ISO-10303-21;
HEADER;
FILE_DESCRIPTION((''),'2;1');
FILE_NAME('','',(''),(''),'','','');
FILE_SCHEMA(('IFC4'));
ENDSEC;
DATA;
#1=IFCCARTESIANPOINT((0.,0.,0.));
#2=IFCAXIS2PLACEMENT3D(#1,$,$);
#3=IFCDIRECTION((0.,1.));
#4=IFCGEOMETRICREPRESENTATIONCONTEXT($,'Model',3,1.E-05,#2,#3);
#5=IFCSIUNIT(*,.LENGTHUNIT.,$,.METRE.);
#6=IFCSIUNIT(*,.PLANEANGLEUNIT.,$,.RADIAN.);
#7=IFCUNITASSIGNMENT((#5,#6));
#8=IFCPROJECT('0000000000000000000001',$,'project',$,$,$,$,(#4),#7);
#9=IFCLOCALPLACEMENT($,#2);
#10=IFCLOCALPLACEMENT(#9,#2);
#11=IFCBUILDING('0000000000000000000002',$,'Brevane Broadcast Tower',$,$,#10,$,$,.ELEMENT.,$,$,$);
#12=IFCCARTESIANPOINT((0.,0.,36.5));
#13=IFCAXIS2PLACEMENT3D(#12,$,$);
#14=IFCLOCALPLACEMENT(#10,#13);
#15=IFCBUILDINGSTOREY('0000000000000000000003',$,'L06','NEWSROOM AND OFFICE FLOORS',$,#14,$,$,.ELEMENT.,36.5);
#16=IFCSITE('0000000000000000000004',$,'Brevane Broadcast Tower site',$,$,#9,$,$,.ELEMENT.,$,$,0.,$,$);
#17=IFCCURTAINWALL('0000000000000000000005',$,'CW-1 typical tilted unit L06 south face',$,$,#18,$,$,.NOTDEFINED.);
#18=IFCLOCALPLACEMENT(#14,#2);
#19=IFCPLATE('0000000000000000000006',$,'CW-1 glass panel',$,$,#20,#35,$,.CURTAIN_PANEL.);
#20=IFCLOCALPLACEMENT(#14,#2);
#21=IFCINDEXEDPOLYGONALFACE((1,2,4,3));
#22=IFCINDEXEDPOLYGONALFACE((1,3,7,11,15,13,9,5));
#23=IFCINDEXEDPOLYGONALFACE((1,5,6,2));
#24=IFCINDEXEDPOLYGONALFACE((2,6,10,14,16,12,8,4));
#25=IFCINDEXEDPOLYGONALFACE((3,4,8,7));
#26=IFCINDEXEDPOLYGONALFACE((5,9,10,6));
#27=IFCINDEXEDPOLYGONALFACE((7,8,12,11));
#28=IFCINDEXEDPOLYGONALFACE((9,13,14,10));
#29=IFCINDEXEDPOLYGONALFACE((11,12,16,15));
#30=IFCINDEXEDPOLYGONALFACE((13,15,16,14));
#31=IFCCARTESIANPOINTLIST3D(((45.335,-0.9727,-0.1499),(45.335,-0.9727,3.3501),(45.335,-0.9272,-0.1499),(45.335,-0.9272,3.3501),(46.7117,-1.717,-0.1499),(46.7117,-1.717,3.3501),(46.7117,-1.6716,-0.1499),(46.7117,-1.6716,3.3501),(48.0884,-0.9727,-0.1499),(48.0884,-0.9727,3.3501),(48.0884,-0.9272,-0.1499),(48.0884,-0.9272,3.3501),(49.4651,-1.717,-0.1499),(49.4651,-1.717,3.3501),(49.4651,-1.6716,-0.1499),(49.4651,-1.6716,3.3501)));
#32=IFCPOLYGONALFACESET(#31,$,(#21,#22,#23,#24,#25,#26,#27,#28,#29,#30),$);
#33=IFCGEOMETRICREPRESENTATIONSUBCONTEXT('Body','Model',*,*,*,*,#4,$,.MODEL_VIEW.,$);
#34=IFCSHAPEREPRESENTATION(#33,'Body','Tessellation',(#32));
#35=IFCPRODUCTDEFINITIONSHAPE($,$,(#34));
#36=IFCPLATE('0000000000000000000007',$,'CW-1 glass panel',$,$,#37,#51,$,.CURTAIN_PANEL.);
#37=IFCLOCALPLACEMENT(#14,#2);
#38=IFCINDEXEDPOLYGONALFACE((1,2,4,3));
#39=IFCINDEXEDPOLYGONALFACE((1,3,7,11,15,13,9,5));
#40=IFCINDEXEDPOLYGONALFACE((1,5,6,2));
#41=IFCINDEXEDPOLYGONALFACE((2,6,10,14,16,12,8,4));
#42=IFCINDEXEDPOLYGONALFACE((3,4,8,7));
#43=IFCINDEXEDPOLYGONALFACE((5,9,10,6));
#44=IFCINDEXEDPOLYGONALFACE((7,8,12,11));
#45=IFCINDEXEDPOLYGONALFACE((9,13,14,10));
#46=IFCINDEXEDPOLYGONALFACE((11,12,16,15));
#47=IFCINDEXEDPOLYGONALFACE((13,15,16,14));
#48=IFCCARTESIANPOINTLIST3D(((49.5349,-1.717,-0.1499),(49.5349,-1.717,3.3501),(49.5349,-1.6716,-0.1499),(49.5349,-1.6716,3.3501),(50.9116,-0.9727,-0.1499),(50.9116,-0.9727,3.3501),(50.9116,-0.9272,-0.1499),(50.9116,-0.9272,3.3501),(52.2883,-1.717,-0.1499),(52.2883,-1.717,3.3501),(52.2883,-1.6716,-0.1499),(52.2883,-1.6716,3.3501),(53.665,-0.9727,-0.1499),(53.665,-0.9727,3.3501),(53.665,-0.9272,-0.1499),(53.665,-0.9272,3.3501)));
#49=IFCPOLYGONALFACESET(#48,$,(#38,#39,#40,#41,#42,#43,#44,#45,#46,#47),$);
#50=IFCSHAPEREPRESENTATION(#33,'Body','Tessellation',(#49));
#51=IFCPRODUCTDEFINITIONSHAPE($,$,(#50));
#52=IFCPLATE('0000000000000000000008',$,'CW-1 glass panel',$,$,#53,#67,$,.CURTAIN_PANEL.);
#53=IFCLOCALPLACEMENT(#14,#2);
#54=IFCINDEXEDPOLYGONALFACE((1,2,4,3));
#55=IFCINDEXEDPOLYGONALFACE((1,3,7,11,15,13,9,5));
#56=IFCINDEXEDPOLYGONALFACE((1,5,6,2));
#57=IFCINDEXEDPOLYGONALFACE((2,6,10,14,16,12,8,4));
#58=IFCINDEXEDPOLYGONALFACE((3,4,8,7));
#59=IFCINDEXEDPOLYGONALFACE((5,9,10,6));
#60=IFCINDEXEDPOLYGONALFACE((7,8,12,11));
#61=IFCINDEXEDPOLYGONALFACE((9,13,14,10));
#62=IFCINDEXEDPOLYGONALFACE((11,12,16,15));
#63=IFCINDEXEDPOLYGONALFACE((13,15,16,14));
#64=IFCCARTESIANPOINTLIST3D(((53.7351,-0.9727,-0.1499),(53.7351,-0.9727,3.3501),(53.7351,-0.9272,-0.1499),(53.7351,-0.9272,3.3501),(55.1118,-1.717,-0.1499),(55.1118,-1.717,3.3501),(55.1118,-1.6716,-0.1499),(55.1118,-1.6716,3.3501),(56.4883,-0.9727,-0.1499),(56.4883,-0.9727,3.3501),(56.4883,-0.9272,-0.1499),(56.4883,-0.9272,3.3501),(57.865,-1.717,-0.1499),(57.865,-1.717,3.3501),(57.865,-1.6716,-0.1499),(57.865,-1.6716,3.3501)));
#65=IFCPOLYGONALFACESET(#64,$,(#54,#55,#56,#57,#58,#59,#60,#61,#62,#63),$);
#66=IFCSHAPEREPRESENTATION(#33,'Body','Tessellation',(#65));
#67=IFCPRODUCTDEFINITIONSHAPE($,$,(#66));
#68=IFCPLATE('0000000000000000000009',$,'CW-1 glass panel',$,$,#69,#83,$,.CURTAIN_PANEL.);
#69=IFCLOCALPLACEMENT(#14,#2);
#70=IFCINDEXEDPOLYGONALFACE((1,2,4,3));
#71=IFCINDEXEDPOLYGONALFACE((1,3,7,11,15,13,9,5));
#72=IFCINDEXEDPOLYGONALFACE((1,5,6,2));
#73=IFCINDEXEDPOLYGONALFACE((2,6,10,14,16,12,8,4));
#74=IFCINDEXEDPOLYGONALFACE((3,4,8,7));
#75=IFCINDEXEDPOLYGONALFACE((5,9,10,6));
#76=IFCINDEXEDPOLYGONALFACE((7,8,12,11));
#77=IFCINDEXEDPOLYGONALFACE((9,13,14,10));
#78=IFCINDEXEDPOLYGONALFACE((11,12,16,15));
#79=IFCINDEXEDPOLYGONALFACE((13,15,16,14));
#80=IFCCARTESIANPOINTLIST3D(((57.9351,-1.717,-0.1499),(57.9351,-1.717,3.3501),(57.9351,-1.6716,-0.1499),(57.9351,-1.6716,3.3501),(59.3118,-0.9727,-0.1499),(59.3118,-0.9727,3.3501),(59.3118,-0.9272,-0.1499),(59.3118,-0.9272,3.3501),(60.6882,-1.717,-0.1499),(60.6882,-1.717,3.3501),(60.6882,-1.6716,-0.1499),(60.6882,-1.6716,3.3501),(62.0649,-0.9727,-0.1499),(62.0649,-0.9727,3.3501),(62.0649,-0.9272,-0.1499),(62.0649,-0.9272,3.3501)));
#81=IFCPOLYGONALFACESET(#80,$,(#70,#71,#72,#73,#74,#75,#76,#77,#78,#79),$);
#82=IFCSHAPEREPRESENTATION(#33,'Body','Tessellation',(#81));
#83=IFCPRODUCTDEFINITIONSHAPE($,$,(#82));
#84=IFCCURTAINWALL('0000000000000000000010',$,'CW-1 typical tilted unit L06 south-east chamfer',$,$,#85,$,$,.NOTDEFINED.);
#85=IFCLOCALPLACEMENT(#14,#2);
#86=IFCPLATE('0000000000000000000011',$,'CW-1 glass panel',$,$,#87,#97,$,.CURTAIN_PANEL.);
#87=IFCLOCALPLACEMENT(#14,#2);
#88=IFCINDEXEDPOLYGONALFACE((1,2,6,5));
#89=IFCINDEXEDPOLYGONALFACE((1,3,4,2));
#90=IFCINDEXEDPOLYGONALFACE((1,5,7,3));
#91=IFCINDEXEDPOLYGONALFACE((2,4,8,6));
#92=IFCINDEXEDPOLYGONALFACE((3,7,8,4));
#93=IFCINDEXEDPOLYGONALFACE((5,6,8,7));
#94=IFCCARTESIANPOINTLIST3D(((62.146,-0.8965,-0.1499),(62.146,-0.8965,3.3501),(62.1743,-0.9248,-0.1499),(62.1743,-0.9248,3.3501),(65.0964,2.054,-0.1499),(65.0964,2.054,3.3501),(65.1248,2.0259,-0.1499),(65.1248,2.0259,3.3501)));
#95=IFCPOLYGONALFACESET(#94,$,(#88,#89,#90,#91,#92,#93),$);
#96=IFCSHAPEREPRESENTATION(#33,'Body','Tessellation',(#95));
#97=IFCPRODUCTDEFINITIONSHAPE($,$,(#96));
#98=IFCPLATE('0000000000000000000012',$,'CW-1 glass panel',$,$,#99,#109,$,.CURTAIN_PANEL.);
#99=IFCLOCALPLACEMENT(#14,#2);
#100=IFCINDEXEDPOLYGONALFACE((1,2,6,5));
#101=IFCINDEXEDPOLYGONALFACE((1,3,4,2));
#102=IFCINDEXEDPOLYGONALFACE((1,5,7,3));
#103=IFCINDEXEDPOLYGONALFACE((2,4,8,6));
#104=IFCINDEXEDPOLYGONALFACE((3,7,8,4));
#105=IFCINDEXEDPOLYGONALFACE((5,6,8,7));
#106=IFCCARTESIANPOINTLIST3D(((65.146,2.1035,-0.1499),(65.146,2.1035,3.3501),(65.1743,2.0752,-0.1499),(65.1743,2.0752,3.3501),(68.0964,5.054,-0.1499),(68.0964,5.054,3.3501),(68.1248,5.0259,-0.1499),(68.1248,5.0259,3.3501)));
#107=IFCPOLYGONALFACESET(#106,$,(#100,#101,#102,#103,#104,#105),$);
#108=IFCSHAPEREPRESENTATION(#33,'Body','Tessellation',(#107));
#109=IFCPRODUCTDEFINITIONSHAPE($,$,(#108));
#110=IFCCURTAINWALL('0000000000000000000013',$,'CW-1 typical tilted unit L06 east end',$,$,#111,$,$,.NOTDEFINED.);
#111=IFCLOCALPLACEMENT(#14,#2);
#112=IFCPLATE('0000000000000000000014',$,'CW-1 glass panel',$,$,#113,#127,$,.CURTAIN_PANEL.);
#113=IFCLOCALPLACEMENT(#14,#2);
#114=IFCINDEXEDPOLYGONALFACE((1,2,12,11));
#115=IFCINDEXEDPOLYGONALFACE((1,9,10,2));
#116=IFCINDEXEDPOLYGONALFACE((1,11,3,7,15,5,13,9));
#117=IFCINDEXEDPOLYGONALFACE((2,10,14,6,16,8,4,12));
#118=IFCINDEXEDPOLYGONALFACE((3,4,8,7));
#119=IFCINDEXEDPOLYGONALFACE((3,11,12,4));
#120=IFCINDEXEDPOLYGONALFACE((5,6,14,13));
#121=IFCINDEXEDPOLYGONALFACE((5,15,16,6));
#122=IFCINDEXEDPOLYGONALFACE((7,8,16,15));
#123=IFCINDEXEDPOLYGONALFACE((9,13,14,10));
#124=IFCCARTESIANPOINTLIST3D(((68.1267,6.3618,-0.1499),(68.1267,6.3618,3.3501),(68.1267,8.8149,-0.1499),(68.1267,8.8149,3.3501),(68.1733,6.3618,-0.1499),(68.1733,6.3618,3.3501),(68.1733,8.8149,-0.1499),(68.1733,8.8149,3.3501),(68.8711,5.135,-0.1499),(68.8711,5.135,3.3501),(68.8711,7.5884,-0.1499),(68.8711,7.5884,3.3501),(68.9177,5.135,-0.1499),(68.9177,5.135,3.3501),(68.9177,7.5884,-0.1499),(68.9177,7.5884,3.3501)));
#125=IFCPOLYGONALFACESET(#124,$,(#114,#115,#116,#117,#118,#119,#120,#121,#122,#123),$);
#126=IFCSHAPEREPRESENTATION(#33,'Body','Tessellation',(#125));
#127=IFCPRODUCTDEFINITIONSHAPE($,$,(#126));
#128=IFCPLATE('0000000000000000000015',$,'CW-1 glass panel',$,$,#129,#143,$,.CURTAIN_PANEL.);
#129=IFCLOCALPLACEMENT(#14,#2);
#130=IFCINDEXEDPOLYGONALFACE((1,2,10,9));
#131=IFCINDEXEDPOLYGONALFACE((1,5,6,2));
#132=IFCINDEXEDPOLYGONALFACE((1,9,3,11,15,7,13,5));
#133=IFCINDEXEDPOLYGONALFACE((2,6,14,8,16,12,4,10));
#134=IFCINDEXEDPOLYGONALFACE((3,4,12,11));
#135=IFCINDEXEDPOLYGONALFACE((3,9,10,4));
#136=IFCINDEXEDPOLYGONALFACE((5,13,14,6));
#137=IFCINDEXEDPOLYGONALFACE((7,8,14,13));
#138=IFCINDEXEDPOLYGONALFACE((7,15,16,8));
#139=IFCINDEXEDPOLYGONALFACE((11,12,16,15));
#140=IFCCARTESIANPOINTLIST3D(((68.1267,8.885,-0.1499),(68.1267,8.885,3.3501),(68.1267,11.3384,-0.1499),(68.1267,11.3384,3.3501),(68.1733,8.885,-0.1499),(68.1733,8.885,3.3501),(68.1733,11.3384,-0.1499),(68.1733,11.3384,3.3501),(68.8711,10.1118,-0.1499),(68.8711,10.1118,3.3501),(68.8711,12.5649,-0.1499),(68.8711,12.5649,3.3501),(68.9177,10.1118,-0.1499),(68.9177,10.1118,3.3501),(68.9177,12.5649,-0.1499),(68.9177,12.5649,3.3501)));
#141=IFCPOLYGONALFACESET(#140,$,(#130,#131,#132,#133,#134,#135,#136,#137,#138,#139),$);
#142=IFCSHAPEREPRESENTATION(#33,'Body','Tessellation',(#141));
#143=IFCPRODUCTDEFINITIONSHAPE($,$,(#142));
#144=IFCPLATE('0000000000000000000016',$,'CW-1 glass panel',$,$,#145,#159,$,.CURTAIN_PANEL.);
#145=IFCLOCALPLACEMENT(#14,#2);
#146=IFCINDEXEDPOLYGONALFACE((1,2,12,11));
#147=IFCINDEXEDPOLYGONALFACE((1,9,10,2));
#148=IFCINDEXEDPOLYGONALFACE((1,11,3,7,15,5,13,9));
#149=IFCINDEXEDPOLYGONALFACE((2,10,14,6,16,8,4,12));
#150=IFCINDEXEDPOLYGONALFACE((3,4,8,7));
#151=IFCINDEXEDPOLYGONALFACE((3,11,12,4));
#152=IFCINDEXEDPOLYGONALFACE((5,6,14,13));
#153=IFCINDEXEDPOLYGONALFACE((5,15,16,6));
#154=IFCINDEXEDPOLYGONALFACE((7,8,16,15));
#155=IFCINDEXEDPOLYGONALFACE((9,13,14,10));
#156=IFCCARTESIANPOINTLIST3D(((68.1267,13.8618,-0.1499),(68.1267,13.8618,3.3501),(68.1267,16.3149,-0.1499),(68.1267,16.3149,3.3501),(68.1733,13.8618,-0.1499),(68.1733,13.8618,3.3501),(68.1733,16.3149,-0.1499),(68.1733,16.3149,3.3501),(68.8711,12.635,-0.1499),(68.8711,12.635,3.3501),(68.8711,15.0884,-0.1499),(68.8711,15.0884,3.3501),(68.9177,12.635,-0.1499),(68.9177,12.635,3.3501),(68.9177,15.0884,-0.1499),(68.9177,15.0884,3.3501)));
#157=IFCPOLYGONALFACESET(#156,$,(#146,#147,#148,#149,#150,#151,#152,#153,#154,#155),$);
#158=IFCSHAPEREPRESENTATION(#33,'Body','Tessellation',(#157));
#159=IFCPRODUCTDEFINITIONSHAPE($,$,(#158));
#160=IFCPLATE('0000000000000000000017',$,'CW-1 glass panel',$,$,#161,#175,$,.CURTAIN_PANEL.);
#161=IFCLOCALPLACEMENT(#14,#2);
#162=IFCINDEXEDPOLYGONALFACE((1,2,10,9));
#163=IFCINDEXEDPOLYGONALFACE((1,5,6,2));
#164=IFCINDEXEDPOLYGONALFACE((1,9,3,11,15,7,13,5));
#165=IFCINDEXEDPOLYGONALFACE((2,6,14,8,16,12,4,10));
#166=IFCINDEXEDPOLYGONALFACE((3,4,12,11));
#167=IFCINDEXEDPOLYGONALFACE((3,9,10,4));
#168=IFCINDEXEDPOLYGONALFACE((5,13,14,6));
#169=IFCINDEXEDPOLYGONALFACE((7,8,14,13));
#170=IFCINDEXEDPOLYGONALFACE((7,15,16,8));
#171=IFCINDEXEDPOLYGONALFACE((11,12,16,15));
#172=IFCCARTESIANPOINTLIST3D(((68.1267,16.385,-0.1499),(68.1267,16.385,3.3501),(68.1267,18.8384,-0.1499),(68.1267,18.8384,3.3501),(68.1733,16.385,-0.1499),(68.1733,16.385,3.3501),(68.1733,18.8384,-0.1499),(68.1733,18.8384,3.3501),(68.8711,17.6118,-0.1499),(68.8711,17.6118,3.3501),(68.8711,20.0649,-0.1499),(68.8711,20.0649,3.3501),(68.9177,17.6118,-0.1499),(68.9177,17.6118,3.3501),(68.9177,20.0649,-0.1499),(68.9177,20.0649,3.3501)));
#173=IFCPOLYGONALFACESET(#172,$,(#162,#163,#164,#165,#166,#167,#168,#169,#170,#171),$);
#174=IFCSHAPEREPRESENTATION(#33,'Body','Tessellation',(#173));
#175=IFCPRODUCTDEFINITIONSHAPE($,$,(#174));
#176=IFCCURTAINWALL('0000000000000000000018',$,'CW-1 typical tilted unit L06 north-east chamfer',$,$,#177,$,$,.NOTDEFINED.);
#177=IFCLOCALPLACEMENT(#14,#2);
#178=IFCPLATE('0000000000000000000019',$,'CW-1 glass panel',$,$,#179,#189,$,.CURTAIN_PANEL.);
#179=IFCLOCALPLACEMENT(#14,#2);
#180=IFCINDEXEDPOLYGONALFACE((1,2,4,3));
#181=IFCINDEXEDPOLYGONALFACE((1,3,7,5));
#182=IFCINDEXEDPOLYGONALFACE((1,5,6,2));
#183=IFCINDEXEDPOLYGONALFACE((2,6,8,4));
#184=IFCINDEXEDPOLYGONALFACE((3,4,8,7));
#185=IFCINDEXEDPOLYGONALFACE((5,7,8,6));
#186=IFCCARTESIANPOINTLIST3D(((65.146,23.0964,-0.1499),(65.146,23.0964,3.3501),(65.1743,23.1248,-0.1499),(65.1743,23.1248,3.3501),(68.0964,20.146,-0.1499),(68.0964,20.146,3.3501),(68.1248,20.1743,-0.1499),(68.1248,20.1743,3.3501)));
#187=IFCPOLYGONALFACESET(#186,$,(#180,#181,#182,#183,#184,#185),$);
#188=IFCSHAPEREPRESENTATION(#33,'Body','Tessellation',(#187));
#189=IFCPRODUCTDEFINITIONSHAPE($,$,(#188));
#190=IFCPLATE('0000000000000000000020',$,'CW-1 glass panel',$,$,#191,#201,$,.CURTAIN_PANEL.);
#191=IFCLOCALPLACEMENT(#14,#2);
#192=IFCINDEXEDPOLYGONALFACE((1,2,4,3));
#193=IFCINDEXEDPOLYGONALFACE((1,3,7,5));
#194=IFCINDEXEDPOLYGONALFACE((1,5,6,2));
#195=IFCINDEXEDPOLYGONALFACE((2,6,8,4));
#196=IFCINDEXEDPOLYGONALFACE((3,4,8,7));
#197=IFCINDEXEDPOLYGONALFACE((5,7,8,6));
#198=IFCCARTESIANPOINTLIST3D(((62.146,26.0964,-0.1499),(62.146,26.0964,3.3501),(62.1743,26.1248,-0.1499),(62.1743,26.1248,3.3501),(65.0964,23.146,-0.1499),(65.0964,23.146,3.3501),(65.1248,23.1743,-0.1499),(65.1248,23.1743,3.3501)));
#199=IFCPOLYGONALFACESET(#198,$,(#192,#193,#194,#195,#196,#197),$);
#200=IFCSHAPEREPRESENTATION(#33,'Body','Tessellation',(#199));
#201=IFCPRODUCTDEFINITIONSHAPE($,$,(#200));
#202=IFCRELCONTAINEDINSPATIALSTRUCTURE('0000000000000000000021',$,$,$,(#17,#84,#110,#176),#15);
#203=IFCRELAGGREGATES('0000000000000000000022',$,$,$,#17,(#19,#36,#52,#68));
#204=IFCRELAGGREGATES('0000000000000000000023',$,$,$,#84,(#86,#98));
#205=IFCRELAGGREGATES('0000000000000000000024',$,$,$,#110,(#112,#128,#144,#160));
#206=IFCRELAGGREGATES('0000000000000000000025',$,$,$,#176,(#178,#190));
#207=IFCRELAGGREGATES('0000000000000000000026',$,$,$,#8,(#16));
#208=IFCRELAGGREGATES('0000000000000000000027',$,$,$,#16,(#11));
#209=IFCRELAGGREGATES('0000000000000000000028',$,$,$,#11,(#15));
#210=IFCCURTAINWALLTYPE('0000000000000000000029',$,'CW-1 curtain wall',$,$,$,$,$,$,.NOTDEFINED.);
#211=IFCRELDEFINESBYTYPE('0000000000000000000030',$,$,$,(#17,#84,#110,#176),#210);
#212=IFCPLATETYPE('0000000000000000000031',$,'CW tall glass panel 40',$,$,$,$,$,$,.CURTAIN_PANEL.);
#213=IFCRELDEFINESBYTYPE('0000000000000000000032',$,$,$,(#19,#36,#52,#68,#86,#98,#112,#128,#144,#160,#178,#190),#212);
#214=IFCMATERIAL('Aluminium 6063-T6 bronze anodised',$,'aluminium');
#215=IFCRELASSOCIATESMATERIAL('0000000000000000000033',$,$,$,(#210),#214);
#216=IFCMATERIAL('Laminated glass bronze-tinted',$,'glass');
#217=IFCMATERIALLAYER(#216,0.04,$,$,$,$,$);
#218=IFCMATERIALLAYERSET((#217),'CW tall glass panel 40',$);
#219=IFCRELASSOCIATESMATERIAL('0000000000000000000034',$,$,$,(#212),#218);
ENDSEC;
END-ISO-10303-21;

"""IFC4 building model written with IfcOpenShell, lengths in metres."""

from ifc_helpers import new_model, si_unit, direction, frame, origin, place, context, subcontext, project, spatial, polyline, outline, extrude, material, layer, layer_set, type_object, element, aggregate, save


model = new_model("IFC4")

# Units and contexts
model_context = context("Model", 3, precision=1e-05, world=origin(), true_north=direction((0.0, 1.0)))
body_context = subcontext(model_context, "Body", "Model", "MODEL_VIEW")
ifc_project = project(units=[si_unit("LENGTHUNIT", "METRE"), si_unit("PLANEANGLEUNIT", "RADIAN")], contexts=[model_context])

# Site, building, storey
site_placement = place(None, origin())
site = spatial("IfcSite", under=ifc_project, at=site_placement, Name="Brevane Broadcast Tower site", CompositionType="ELEMENT", RefElevation=0.0)
building_placement = place(site_placement, origin())
building = spatial("IfcBuilding", under=site, at=building_placement, Name="Brevane Broadcast Tower", CompositionType="ELEMENT")
storey_placement = place(building_placement, frame((0.0, 0.0, 36.5)))
storey = spatial("IfcBuildingStorey", under=building, at=storey_placement, Name="L06", Description="NEWSROOM AND OFFICE FLOORS", CompositionType="ELEMENT", Elevation=36.5)

# Curtain walls, plates
ifc_material_1 = material(Name="Aluminium 6063-T6 bronze anodised", Category="aluminium")
curtain_wall_type = type_object("IfcCurtainWallType", Name="CW-1 curtain wall", PredefinedType="NOTDEFINED", material=ifc_material_1)
curtain_wall_1_placement = place(storey_placement, origin())
curtain_wall_1 = element("IfcCurtainWall", 1, at=curtain_wall_1_placement, inside=storey, type_object=curtain_wall_type, Name="CW-1 typical tilted unit L06 south face", PredefinedType="NOTDEFINED")
ifc_material_2 = material(Name="Laminated glass bronze-tinted", Category="glass")
ifc_layer = layer(ifc_material_2, 0.04)
ifc_layer_set = layer_set([ifc_layer], Name="CW tall glass panel 40")
plate_type = type_object("IfcPlateType", Name="CW tall glass panel 40", PredefinedType="CURTAIN_PANEL", material=ifc_layer_set)
plate_1_placement = place(storey_placement, frame((0.0, 0.0, -0.1499)))
plate_1 = element("IfcPlate", 2, at=plate_1_placement, type_object=plate_type, Name="CW-1 glass panel", PredefinedType="CURTAIN_PANEL", context=body_context, shape_type="SweptSolid", body=[
    extrude(outline(polyline([(45.335, -0.9272), (45.335, -0.9727), (46.7117, -1.717), (48.0884, -0.9727), (49.4651, -1.717), (49.4651, -1.6716), (48.0884, -0.9272), (46.7117, -1.6716), (45.335, -0.9272)])), origin(), (0.0, 0.0, 1.0), 3.5),
])
plate_2_placement = place(storey_placement, frame((0.0, 0.0, -0.1499)))
plate_2 = element("IfcPlate", 3, at=plate_2_placement, type_object=plate_type, Name="CW-1 glass panel", PredefinedType="CURTAIN_PANEL", context=body_context, shape_type="SweptSolid", body=[
    extrude(outline(polyline([(49.5349, -1.6716), (49.5349, -1.717), (50.9116, -0.9727), (52.2883, -1.717), (53.665, -0.9727), (53.665, -0.9272), (52.2883, -1.6716), (50.9116, -0.9272), (49.5349, -1.6716)])), origin(), (0.0, 0.0, 1.0), 3.5),
])
plate_3_placement = place(storey_placement, frame((0.0, 0.0, -0.1499)))
plate_3 = element("IfcPlate", 4, at=plate_3_placement, type_object=plate_type, Name="CW-1 glass panel", PredefinedType="CURTAIN_PANEL", context=body_context, shape_type="SweptSolid", body=[
    extrude(outline(polyline([(53.7351, -0.9272), (53.7351, -0.9727), (55.1118, -1.717), (56.4883, -0.9727), (57.865, -1.717), (57.865, -1.6716), (56.4883, -0.9272), (55.1118, -1.6716), (53.7351, -0.9272)])), origin(), (0.0, 0.0, 1.0), 3.5),
])
plate_4_placement = place(storey_placement, frame((0.0, 0.0, -0.1499)))
plate_4 = element("IfcPlate", 5, at=plate_4_placement, type_object=plate_type, Name="CW-1 glass panel", PredefinedType="CURTAIN_PANEL", context=body_context, shape_type="SweptSolid", body=[
    extrude(outline(polyline([(57.9351, -1.6716), (57.9351, -1.717), (59.3118, -0.9727), (60.6882, -1.717), (62.0649, -0.9727), (62.0649, -0.9272), (60.6882, -1.6716), (59.3118, -0.9272), (57.9351, -1.6716)])), origin(), (0.0, 0.0, 1.0), 3.5),
])
aggregate(curtain_wall_1, [plate_1, plate_2, plate_3, plate_4])
curtain_wall_2_placement = place(storey_placement, origin())
curtain_wall_2 = element("IfcCurtainWall", 6, at=curtain_wall_2_placement, inside=storey, type_object=curtain_wall_type, Name="CW-1 typical tilted unit L06 south-east chamfer", PredefinedType="NOTDEFINED")
plate_5_placement = place(storey_placement, frame((0.0, 0.0, -0.1499)))
plate_5 = element("IfcPlate", 7, at=plate_5_placement, type_object=plate_type, Name="CW-1 glass panel", PredefinedType="CURTAIN_PANEL", context=body_context, shape_type="SweptSolid", body=[
    extrude(outline(polyline([(62.146, -0.8965), (65.0964, 2.054), (65.1248, 2.0259), (62.1743, -0.9248), (62.146, -0.8965)])), origin(), (0.0, 0.0, 1.0), 3.5),
])
plate_6_placement = place(storey_placement, frame((0.0, 0.0, -0.1499)))
plate_6 = element("IfcPlate", 8, at=plate_6_placement, type_object=plate_type, Name="CW-1 glass panel", PredefinedType="CURTAIN_PANEL", context=body_context, shape_type="SweptSolid", body=[
    extrude(outline(polyline([(65.146, 2.1035), (68.0964, 5.054), (68.1248, 5.0259), (65.1743, 2.0752), (65.146, 2.1035)])), origin(), (0.0, 0.0, 1.0), 3.5),
])
aggregate(curtain_wall_2, [plate_5, plate_6])
curtain_wall_3_placement = place(storey_placement, origin())
curtain_wall_3 = element("IfcCurtainWall", 9, at=curtain_wall_3_placement, inside=storey, type_object=curtain_wall_type, Name="CW-1 typical tilted unit L06 east end", PredefinedType="NOTDEFINED")
plate_7_placement = place(storey_placement, frame((0.0, 0.0, -0.1499)))
plate_7 = element("IfcPlate", 10, at=plate_7_placement, type_object=plate_type, Name="CW-1 glass panel", PredefinedType="CURTAIN_PANEL", context=body_context, shape_type="SweptSolid", body=[
    extrude(outline(polyline([(68.8711, 5.135), (68.9177, 5.135), (68.1733, 6.3618), (68.9177, 7.5884), (68.1733, 8.8149), (68.1267, 8.8149), (68.8711, 7.5884), (68.1267, 6.3618), (68.8711, 5.135)])), origin(), (0.0, 0.0, 1.0), 3.5),
])
plate_8_placement = place(storey_placement, frame((0.0, 0.0, -0.1499)))
plate_8 = element("IfcPlate", 11, at=plate_8_placement, type_object=plate_type, Name="CW-1 glass panel", PredefinedType="CURTAIN_PANEL", context=body_context, shape_type="SweptSolid", body=[
    extrude(outline(polyline([(68.1267, 8.885), (68.1733, 8.885), (68.9177, 10.1118), (68.1733, 11.3384), (68.9177, 12.5649), (68.8711, 12.5649), (68.1267, 11.3384), (68.8711, 10.1118), (68.1267, 8.885)])), origin(), (0.0, 0.0, 1.0), 3.5),
])
plate_9_placement = place(storey_placement, frame((0.0, 0.0, -0.1499)))
plate_9 = element("IfcPlate", 12, at=plate_9_placement, type_object=plate_type, Name="CW-1 glass panel", PredefinedType="CURTAIN_PANEL", context=body_context, shape_type="SweptSolid", body=[
    extrude(outline(polyline([(68.8711, 12.635), (68.9177, 12.635), (68.1733, 13.8618), (68.9177, 15.0884), (68.1733, 16.3149), (68.1267, 16.3149), (68.8711, 15.0884), (68.1267, 13.8618), (68.8711, 12.635)])), origin(), (0.0, 0.0, 1.0), 3.5),
])
plate_10_placement = place(storey_placement, frame((0.0, 0.0, -0.1499)))
plate_10 = element("IfcPlate", 13, at=plate_10_placement, type_object=plate_type, Name="CW-1 glass panel", PredefinedType="CURTAIN_PANEL", context=body_context, shape_type="SweptSolid", body=[
    extrude(outline(polyline([(68.1267, 16.385), (68.1733, 16.385), (68.9177, 17.6118), (68.1733, 18.8384), (68.9177, 20.0649), (68.8711, 20.0649), (68.1267, 18.8384), (68.8711, 17.6118), (68.1267, 16.385)])), origin(), (0.0, 0.0, 1.0), 3.5),
])
aggregate(curtain_wall_3, [plate_7, plate_8, plate_9, plate_10])
curtain_wall_4_placement = place(storey_placement, origin())
curtain_wall_4 = element("IfcCurtainWall", 14, at=curtain_wall_4_placement, inside=storey, type_object=curtain_wall_type, Name="CW-1 typical tilted unit L06 north-east chamfer", PredefinedType="NOTDEFINED")
plate_11_placement = place(storey_placement, frame((0.0, 0.0, -0.1499)))
plate_11 = element("IfcPlate", 15, at=plate_11_placement, type_object=plate_type, Name="CW-1 glass panel", PredefinedType="CURTAIN_PANEL", context=body_context, shape_type="SweptSolid", body=[
    extrude(outline(polyline([(68.0964, 20.146), (65.146, 23.0964), (65.1743, 23.1248), (68.1248, 20.1743), (68.0964, 20.146)])), origin(), (0.0, 0.0, 1.0), 3.5),
])
plate_12_placement = place(storey_placement, frame((0.0, 0.0, -0.1499)))
plate_12 = element("IfcPlate", 16, at=plate_12_placement, type_object=plate_type, Name="CW-1 glass panel", PredefinedType="CURTAIN_PANEL", context=body_context, shape_type="SweptSolid", body=[
    extrude(outline(polyline([(65.0964, 23.146), (62.146, 26.0964), (62.1743, 26.1248), (65.1248, 23.1743), (65.0964, 23.146)])), origin(), (0.0, 0.0, 1.0), 3.5),
])
aggregate(curtain_wall_4, [plate_11, plate_12])

save(model, "model.ifc")
